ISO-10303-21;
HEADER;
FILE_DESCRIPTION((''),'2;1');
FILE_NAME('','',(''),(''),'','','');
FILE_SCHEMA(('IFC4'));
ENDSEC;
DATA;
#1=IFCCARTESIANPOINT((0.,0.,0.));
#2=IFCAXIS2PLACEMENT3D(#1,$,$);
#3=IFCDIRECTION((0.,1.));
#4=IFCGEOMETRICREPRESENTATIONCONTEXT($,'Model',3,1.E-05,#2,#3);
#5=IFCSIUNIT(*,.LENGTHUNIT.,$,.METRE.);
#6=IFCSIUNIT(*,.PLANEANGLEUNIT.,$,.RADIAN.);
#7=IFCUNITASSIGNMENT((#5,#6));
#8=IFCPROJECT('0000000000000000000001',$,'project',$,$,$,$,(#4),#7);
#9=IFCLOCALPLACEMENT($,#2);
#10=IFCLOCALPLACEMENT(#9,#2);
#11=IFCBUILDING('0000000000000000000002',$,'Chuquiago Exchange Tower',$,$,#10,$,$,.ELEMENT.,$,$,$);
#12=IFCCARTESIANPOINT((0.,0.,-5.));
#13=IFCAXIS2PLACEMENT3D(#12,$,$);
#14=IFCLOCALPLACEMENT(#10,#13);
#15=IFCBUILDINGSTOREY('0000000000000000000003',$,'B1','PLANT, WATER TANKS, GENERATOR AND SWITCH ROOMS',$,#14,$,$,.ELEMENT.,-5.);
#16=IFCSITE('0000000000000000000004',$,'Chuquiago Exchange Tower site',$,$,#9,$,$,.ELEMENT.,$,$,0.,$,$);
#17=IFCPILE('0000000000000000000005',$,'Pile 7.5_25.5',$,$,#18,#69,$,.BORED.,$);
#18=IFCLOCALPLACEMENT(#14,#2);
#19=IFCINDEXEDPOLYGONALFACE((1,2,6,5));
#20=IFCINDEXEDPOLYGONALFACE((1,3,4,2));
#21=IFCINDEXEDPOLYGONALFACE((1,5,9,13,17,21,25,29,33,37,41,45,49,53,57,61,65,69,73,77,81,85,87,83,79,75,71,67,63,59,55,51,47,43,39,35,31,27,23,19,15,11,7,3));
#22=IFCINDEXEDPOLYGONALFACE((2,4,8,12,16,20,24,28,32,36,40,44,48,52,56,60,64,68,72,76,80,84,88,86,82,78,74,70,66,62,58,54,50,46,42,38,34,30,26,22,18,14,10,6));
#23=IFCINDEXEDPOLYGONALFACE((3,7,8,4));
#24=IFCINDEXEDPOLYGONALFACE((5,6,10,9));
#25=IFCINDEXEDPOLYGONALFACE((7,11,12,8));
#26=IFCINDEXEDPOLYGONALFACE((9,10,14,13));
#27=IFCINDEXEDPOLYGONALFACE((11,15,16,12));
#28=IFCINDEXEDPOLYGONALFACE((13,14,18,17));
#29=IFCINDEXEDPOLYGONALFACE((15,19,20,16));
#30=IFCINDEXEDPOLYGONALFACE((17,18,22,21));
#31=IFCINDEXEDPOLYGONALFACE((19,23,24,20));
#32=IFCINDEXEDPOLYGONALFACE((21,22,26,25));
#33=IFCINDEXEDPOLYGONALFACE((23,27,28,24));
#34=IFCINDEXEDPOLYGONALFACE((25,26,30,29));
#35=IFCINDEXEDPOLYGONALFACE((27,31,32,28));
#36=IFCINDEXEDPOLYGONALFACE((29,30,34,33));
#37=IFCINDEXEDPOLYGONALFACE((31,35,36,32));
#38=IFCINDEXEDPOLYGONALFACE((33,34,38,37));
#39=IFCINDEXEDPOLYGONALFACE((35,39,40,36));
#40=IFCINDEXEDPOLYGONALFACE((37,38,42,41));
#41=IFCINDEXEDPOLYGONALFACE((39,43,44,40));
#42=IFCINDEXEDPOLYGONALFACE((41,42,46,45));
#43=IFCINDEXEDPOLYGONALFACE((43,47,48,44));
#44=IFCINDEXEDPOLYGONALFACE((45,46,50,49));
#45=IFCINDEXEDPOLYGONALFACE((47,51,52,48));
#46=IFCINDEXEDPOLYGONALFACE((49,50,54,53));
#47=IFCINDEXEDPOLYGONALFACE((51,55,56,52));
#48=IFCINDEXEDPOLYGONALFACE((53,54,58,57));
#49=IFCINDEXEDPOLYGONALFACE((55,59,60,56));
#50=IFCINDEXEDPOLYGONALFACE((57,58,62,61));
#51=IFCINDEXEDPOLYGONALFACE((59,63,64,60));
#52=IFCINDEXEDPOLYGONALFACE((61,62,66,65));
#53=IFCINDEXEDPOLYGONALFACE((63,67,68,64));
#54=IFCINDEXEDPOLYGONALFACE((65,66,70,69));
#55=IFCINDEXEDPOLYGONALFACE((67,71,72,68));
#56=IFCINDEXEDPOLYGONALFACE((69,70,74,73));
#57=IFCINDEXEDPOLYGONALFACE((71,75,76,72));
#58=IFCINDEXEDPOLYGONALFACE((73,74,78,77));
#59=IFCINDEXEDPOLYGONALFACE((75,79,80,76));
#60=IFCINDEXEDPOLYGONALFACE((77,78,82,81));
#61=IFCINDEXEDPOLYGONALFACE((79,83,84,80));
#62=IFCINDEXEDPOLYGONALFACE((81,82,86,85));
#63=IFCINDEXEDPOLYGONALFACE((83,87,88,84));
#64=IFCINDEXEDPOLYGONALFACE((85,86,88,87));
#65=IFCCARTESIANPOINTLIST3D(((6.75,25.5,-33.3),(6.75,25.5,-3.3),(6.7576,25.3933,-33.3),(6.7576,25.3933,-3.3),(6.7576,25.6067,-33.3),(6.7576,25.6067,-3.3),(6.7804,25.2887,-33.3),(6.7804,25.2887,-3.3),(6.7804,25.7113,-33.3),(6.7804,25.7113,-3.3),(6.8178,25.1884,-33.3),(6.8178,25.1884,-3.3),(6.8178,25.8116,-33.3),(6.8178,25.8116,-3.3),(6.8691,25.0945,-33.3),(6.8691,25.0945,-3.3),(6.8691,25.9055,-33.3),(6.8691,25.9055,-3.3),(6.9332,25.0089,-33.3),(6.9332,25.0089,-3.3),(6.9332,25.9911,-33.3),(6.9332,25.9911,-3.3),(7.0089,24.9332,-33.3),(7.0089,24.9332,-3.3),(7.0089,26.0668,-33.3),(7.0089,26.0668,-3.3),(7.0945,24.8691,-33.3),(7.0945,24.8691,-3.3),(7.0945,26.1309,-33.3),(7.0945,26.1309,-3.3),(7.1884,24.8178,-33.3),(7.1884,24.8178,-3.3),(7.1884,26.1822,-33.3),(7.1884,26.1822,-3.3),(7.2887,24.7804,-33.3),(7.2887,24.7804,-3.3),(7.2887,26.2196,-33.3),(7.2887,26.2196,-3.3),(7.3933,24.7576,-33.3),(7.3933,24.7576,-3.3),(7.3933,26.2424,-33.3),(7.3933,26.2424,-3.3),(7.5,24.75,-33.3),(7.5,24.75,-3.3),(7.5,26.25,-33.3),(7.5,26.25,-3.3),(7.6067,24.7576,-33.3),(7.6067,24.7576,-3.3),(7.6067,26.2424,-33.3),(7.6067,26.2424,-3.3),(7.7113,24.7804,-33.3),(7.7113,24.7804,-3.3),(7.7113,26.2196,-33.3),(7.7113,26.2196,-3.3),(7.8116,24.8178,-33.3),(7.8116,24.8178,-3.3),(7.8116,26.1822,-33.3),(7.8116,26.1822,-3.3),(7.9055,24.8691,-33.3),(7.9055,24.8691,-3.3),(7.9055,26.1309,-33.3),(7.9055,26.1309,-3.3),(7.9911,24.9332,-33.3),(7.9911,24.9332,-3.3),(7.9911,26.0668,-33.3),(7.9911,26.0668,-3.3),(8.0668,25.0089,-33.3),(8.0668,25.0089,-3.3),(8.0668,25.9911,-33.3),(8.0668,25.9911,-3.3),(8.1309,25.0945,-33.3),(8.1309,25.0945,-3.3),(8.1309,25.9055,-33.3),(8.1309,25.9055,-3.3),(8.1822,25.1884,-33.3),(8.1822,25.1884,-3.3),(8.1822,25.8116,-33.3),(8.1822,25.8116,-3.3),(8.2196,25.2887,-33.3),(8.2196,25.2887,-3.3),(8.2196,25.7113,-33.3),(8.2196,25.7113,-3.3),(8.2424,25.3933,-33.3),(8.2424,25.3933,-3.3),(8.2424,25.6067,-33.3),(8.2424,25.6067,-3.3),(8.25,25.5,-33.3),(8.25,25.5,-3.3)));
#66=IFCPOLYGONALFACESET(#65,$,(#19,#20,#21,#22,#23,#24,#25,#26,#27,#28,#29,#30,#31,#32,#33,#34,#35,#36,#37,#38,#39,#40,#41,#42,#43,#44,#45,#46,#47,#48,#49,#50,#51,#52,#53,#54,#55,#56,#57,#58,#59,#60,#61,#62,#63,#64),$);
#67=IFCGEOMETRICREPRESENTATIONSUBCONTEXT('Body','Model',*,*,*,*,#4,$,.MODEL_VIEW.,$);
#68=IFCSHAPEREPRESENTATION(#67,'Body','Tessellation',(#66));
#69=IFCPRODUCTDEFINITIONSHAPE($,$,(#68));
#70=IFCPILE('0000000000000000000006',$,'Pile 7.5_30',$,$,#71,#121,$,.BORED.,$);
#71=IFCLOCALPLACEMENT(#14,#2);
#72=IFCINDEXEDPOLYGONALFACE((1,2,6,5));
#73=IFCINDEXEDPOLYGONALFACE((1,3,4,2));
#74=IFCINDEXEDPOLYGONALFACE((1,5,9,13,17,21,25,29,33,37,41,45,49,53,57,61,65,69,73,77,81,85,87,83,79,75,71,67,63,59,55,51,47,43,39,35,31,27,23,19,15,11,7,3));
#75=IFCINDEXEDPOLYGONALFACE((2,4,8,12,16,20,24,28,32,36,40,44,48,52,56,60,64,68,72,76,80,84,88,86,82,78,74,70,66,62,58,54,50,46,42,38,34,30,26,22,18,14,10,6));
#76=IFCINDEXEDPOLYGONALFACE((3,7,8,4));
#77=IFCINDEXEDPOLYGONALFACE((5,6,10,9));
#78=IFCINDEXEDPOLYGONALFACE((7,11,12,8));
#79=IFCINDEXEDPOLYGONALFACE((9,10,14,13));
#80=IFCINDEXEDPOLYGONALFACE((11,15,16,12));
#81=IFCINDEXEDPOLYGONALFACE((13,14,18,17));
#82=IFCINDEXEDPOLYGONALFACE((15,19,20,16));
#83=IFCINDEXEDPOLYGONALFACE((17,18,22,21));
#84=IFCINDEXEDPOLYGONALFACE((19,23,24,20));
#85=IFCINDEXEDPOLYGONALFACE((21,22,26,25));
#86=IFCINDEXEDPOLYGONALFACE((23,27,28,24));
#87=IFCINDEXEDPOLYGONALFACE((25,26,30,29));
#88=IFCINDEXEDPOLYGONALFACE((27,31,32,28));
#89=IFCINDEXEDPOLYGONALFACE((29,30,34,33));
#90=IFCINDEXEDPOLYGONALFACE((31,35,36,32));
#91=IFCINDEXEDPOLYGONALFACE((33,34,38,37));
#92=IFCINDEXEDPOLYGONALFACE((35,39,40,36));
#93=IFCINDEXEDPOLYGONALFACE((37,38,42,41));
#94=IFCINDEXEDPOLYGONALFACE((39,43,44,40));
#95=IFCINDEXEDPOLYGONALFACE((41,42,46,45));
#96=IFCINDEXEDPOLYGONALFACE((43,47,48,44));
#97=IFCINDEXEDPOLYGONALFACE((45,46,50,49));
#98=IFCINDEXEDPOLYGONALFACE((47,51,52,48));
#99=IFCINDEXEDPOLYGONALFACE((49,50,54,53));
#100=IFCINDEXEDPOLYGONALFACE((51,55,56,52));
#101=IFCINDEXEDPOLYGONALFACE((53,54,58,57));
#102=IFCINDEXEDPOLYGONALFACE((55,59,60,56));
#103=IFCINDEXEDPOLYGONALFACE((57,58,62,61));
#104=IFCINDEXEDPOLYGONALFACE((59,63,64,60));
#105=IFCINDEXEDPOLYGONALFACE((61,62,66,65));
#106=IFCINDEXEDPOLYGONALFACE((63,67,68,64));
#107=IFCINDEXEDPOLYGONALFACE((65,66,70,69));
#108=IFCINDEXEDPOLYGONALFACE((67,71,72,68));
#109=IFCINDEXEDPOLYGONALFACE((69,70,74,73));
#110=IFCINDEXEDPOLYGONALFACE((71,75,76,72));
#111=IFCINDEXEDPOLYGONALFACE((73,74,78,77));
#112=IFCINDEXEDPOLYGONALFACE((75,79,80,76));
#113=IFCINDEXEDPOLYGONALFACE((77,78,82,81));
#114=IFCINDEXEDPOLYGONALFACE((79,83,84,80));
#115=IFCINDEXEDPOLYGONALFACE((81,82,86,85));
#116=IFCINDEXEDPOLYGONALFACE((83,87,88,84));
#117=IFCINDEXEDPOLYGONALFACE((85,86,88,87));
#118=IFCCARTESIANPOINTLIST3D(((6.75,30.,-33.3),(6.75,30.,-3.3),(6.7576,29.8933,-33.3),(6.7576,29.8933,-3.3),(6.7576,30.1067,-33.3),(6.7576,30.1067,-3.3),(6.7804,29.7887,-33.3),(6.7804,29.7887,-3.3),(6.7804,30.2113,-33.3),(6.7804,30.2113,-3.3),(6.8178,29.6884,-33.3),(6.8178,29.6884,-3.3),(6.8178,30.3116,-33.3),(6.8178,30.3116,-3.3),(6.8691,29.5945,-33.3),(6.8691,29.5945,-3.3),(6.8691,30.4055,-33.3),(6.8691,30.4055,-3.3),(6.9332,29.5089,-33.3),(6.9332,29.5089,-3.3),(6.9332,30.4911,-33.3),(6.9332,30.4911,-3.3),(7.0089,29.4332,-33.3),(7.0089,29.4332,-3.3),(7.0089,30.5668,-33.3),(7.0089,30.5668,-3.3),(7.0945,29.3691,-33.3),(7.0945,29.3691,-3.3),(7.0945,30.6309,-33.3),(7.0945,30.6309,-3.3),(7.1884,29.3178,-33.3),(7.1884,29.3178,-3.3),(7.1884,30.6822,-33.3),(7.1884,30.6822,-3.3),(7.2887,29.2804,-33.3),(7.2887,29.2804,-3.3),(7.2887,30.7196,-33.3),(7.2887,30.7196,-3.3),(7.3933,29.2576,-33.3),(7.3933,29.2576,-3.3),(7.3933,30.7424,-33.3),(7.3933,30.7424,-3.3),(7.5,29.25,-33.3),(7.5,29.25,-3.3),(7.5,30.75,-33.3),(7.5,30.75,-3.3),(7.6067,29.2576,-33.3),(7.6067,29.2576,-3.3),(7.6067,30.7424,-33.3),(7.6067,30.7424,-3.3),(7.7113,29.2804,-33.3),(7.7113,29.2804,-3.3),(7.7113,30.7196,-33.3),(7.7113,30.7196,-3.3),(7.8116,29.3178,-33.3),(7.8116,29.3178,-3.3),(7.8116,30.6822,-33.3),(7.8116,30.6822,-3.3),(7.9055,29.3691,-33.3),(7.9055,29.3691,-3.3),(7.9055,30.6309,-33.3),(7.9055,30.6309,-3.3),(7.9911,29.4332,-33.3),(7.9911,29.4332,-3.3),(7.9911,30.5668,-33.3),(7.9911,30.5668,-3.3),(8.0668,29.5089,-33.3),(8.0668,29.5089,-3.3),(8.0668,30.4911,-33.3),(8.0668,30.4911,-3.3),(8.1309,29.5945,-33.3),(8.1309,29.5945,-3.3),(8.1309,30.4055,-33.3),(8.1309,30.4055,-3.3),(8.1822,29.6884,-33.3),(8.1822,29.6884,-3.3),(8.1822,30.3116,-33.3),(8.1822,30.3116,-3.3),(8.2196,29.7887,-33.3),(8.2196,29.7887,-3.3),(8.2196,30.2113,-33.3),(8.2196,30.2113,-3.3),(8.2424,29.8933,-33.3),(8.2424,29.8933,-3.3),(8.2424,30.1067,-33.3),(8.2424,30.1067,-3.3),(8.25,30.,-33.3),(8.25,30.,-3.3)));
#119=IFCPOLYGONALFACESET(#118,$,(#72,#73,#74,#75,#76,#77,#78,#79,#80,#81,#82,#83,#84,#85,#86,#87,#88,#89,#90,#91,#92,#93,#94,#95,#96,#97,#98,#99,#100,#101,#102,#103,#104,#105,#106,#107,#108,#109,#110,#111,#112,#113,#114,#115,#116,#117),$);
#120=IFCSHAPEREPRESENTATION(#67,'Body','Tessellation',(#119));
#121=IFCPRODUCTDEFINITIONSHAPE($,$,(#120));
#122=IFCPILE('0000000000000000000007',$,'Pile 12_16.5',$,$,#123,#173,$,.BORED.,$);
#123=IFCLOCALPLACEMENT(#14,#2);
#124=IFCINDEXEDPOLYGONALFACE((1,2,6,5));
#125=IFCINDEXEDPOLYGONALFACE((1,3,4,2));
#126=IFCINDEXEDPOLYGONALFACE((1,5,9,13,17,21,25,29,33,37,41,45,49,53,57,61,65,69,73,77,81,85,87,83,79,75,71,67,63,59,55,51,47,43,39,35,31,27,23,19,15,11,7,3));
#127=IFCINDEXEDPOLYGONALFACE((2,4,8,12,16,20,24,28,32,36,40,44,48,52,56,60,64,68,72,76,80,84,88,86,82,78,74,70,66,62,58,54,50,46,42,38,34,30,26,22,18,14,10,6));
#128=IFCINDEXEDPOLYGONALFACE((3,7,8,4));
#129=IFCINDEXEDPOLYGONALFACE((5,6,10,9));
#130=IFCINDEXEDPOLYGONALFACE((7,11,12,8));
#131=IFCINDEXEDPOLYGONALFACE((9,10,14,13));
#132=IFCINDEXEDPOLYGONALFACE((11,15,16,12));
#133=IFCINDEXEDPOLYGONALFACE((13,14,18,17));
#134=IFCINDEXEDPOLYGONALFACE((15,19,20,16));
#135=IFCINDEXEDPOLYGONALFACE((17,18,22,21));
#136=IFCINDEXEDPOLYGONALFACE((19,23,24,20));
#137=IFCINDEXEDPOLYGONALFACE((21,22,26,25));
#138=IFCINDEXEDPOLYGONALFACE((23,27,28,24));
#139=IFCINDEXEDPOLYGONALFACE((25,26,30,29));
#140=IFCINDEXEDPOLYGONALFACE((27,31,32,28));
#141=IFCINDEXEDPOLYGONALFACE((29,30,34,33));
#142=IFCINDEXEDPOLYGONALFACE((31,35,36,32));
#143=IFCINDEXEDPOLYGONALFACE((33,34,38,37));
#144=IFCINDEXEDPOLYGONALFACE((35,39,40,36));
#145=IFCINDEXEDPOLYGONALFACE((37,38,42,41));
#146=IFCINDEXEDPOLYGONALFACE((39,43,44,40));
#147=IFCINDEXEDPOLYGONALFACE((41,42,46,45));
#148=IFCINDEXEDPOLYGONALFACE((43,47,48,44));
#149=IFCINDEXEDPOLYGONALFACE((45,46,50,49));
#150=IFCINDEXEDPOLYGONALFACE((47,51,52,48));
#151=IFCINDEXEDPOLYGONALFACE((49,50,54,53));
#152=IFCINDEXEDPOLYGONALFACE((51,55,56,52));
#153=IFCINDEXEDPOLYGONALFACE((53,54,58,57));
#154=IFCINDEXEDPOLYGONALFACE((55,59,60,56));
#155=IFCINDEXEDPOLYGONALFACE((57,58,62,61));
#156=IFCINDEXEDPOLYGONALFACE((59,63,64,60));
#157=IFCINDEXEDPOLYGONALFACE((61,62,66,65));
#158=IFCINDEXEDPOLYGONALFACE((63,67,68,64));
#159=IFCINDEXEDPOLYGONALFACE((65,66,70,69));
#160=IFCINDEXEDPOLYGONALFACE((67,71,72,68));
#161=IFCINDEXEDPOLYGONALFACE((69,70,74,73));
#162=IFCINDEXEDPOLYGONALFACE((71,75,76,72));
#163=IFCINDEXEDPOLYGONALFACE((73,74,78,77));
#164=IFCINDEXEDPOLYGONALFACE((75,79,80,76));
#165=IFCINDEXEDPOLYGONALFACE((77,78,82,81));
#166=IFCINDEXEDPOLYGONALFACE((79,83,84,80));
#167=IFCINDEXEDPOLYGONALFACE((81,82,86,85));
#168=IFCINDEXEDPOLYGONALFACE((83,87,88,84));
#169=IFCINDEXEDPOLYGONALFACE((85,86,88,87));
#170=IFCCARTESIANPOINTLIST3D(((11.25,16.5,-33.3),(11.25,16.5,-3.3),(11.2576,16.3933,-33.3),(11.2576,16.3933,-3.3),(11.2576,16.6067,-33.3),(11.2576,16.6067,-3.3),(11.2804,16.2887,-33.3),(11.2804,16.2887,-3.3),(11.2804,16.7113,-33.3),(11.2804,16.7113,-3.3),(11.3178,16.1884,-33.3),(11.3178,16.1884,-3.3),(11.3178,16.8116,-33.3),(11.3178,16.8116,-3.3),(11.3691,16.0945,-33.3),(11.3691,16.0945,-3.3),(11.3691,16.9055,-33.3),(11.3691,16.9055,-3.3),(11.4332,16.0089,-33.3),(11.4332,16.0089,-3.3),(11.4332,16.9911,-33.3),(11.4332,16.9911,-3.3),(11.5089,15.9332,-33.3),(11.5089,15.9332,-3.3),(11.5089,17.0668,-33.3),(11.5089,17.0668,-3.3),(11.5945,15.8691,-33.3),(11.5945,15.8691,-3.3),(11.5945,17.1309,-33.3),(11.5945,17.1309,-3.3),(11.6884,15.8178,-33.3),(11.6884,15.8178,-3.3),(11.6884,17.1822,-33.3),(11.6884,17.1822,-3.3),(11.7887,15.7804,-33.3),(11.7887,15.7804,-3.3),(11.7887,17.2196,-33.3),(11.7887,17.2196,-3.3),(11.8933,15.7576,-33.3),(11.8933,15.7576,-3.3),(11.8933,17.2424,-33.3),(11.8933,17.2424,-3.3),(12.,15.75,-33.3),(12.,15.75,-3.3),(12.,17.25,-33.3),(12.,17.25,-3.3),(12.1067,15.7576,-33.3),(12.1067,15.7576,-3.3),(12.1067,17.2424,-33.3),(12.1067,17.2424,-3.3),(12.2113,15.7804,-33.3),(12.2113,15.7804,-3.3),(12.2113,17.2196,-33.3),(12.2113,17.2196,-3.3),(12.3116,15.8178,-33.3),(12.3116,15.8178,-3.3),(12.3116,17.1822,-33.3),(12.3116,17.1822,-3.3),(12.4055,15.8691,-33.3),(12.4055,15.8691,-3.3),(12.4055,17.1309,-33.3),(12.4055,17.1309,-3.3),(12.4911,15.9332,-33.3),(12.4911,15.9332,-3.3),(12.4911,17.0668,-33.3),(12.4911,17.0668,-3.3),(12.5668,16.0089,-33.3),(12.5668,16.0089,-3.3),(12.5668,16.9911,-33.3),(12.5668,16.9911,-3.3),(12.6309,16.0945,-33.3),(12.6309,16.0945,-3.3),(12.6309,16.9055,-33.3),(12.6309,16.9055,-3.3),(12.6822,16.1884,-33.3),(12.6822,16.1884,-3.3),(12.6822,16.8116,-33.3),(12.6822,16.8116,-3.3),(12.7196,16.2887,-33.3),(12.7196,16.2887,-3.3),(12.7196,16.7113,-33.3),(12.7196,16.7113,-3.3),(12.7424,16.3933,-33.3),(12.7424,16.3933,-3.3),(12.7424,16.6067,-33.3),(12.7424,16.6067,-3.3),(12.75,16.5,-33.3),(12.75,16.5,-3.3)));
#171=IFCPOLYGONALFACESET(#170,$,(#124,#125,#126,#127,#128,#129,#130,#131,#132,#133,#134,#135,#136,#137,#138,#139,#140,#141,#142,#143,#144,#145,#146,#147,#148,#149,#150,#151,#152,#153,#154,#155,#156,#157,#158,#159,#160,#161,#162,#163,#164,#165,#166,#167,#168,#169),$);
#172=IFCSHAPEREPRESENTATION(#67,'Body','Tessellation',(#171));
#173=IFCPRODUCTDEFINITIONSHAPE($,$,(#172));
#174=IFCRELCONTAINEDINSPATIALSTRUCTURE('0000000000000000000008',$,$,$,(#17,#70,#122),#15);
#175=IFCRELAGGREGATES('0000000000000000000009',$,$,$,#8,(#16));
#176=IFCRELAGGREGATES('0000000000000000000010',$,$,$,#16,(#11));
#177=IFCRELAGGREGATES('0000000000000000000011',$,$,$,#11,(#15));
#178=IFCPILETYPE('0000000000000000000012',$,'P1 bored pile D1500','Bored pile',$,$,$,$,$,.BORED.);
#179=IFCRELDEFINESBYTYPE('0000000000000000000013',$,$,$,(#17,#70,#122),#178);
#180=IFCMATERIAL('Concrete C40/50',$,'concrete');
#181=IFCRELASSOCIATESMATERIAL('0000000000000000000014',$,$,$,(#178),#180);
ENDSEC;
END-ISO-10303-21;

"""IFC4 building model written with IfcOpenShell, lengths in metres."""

from ifc_helpers import new_model, si_unit, direction, frame, origin, origin_2d, place, context, subcontext, project, spatial, circle, extrude, material, material_profile, profile_set, type_object, element, save


model = new_model("IFC4")

# Units and contexts
model_context = context("Model", 3, precision=1e-05, world=origin(), true_north=direction((0.0, 1.0)))
body_context = subcontext(model_context, "Body", "Model", "MODEL_VIEW")
ifc_project = project(units=[si_unit("LENGTHUNIT", "METRE"), si_unit("PLANEANGLEUNIT", "RADIAN")], contexts=[model_context])

# Site, building, storey
site_placement = place(None, origin())
site = spatial("IfcSite", under=ifc_project, at=site_placement, Name="Chuquiago Exchange Tower site", CompositionType="ELEMENT", RefElevation=0.0)
building_placement = place(site_placement, origin())
building = spatial("IfcBuilding", under=site, at=building_placement, Name="Chuquiago Exchange Tower", CompositionType="ELEMENT")
storey_placement = place(building_placement, frame((0.0, 0.0, -5.0)))
storey = spatial("IfcBuildingStorey", under=building, at=storey_placement, Name="B1", Description="PLANT, WATER TANKS, GENERATOR AND SWITCH ROOMS", CompositionType="ELEMENT", Elevation=-5.0)

# Piles
ifc_material_1 = material(Name="Concrete C40/50", Category="concrete")
ifc_material_profile_1 = material_profile(ifc_material_1, circle(Radius=0.75, at=origin_2d()), Name="D1500")
ifc_profile_set_1 = profile_set([ifc_material_profile_1], Name="Concrete C40/50")
pile_type = type_object("IfcPileType", Name="P1 bored pile D1500", Description="Bored pile", PredefinedType="BORED", material=ifc_profile_set_1)
for number, where, z_axis, x_axis, name in (
    (1, (7.5, 25.5, -3.3), (0.0, 0.0, -1.0), (1.0, 0.0, 0.0), "Pile 7.5_25.5"),
    (2, (7.5, 30.0, -3.3), (0.0, 0.0, -1.0), (1.0, 0.0, 0.0), "Pile 7.5_30"),
    (3, (12.0, 16.5, -3.3), (0.0, 0.0, -1.0), (1.0, 0.0, 0.0), "Pile 12_16.5"),
):
    element("IfcPile", number, at=place(storey_placement, frame(where, z_axis=z_axis, x_axis=x_axis)), inside=storey, type_object=pile_type, Name=name, PredefinedType="BORED", context=body_context, shape_type="SweptSolid", body=[
        extrude(circle(Radius=0.75, at=origin_2d()), origin(), (0.0, 0.0, 1.0), 30.0),
    ])

save(model, "model.ifc")
